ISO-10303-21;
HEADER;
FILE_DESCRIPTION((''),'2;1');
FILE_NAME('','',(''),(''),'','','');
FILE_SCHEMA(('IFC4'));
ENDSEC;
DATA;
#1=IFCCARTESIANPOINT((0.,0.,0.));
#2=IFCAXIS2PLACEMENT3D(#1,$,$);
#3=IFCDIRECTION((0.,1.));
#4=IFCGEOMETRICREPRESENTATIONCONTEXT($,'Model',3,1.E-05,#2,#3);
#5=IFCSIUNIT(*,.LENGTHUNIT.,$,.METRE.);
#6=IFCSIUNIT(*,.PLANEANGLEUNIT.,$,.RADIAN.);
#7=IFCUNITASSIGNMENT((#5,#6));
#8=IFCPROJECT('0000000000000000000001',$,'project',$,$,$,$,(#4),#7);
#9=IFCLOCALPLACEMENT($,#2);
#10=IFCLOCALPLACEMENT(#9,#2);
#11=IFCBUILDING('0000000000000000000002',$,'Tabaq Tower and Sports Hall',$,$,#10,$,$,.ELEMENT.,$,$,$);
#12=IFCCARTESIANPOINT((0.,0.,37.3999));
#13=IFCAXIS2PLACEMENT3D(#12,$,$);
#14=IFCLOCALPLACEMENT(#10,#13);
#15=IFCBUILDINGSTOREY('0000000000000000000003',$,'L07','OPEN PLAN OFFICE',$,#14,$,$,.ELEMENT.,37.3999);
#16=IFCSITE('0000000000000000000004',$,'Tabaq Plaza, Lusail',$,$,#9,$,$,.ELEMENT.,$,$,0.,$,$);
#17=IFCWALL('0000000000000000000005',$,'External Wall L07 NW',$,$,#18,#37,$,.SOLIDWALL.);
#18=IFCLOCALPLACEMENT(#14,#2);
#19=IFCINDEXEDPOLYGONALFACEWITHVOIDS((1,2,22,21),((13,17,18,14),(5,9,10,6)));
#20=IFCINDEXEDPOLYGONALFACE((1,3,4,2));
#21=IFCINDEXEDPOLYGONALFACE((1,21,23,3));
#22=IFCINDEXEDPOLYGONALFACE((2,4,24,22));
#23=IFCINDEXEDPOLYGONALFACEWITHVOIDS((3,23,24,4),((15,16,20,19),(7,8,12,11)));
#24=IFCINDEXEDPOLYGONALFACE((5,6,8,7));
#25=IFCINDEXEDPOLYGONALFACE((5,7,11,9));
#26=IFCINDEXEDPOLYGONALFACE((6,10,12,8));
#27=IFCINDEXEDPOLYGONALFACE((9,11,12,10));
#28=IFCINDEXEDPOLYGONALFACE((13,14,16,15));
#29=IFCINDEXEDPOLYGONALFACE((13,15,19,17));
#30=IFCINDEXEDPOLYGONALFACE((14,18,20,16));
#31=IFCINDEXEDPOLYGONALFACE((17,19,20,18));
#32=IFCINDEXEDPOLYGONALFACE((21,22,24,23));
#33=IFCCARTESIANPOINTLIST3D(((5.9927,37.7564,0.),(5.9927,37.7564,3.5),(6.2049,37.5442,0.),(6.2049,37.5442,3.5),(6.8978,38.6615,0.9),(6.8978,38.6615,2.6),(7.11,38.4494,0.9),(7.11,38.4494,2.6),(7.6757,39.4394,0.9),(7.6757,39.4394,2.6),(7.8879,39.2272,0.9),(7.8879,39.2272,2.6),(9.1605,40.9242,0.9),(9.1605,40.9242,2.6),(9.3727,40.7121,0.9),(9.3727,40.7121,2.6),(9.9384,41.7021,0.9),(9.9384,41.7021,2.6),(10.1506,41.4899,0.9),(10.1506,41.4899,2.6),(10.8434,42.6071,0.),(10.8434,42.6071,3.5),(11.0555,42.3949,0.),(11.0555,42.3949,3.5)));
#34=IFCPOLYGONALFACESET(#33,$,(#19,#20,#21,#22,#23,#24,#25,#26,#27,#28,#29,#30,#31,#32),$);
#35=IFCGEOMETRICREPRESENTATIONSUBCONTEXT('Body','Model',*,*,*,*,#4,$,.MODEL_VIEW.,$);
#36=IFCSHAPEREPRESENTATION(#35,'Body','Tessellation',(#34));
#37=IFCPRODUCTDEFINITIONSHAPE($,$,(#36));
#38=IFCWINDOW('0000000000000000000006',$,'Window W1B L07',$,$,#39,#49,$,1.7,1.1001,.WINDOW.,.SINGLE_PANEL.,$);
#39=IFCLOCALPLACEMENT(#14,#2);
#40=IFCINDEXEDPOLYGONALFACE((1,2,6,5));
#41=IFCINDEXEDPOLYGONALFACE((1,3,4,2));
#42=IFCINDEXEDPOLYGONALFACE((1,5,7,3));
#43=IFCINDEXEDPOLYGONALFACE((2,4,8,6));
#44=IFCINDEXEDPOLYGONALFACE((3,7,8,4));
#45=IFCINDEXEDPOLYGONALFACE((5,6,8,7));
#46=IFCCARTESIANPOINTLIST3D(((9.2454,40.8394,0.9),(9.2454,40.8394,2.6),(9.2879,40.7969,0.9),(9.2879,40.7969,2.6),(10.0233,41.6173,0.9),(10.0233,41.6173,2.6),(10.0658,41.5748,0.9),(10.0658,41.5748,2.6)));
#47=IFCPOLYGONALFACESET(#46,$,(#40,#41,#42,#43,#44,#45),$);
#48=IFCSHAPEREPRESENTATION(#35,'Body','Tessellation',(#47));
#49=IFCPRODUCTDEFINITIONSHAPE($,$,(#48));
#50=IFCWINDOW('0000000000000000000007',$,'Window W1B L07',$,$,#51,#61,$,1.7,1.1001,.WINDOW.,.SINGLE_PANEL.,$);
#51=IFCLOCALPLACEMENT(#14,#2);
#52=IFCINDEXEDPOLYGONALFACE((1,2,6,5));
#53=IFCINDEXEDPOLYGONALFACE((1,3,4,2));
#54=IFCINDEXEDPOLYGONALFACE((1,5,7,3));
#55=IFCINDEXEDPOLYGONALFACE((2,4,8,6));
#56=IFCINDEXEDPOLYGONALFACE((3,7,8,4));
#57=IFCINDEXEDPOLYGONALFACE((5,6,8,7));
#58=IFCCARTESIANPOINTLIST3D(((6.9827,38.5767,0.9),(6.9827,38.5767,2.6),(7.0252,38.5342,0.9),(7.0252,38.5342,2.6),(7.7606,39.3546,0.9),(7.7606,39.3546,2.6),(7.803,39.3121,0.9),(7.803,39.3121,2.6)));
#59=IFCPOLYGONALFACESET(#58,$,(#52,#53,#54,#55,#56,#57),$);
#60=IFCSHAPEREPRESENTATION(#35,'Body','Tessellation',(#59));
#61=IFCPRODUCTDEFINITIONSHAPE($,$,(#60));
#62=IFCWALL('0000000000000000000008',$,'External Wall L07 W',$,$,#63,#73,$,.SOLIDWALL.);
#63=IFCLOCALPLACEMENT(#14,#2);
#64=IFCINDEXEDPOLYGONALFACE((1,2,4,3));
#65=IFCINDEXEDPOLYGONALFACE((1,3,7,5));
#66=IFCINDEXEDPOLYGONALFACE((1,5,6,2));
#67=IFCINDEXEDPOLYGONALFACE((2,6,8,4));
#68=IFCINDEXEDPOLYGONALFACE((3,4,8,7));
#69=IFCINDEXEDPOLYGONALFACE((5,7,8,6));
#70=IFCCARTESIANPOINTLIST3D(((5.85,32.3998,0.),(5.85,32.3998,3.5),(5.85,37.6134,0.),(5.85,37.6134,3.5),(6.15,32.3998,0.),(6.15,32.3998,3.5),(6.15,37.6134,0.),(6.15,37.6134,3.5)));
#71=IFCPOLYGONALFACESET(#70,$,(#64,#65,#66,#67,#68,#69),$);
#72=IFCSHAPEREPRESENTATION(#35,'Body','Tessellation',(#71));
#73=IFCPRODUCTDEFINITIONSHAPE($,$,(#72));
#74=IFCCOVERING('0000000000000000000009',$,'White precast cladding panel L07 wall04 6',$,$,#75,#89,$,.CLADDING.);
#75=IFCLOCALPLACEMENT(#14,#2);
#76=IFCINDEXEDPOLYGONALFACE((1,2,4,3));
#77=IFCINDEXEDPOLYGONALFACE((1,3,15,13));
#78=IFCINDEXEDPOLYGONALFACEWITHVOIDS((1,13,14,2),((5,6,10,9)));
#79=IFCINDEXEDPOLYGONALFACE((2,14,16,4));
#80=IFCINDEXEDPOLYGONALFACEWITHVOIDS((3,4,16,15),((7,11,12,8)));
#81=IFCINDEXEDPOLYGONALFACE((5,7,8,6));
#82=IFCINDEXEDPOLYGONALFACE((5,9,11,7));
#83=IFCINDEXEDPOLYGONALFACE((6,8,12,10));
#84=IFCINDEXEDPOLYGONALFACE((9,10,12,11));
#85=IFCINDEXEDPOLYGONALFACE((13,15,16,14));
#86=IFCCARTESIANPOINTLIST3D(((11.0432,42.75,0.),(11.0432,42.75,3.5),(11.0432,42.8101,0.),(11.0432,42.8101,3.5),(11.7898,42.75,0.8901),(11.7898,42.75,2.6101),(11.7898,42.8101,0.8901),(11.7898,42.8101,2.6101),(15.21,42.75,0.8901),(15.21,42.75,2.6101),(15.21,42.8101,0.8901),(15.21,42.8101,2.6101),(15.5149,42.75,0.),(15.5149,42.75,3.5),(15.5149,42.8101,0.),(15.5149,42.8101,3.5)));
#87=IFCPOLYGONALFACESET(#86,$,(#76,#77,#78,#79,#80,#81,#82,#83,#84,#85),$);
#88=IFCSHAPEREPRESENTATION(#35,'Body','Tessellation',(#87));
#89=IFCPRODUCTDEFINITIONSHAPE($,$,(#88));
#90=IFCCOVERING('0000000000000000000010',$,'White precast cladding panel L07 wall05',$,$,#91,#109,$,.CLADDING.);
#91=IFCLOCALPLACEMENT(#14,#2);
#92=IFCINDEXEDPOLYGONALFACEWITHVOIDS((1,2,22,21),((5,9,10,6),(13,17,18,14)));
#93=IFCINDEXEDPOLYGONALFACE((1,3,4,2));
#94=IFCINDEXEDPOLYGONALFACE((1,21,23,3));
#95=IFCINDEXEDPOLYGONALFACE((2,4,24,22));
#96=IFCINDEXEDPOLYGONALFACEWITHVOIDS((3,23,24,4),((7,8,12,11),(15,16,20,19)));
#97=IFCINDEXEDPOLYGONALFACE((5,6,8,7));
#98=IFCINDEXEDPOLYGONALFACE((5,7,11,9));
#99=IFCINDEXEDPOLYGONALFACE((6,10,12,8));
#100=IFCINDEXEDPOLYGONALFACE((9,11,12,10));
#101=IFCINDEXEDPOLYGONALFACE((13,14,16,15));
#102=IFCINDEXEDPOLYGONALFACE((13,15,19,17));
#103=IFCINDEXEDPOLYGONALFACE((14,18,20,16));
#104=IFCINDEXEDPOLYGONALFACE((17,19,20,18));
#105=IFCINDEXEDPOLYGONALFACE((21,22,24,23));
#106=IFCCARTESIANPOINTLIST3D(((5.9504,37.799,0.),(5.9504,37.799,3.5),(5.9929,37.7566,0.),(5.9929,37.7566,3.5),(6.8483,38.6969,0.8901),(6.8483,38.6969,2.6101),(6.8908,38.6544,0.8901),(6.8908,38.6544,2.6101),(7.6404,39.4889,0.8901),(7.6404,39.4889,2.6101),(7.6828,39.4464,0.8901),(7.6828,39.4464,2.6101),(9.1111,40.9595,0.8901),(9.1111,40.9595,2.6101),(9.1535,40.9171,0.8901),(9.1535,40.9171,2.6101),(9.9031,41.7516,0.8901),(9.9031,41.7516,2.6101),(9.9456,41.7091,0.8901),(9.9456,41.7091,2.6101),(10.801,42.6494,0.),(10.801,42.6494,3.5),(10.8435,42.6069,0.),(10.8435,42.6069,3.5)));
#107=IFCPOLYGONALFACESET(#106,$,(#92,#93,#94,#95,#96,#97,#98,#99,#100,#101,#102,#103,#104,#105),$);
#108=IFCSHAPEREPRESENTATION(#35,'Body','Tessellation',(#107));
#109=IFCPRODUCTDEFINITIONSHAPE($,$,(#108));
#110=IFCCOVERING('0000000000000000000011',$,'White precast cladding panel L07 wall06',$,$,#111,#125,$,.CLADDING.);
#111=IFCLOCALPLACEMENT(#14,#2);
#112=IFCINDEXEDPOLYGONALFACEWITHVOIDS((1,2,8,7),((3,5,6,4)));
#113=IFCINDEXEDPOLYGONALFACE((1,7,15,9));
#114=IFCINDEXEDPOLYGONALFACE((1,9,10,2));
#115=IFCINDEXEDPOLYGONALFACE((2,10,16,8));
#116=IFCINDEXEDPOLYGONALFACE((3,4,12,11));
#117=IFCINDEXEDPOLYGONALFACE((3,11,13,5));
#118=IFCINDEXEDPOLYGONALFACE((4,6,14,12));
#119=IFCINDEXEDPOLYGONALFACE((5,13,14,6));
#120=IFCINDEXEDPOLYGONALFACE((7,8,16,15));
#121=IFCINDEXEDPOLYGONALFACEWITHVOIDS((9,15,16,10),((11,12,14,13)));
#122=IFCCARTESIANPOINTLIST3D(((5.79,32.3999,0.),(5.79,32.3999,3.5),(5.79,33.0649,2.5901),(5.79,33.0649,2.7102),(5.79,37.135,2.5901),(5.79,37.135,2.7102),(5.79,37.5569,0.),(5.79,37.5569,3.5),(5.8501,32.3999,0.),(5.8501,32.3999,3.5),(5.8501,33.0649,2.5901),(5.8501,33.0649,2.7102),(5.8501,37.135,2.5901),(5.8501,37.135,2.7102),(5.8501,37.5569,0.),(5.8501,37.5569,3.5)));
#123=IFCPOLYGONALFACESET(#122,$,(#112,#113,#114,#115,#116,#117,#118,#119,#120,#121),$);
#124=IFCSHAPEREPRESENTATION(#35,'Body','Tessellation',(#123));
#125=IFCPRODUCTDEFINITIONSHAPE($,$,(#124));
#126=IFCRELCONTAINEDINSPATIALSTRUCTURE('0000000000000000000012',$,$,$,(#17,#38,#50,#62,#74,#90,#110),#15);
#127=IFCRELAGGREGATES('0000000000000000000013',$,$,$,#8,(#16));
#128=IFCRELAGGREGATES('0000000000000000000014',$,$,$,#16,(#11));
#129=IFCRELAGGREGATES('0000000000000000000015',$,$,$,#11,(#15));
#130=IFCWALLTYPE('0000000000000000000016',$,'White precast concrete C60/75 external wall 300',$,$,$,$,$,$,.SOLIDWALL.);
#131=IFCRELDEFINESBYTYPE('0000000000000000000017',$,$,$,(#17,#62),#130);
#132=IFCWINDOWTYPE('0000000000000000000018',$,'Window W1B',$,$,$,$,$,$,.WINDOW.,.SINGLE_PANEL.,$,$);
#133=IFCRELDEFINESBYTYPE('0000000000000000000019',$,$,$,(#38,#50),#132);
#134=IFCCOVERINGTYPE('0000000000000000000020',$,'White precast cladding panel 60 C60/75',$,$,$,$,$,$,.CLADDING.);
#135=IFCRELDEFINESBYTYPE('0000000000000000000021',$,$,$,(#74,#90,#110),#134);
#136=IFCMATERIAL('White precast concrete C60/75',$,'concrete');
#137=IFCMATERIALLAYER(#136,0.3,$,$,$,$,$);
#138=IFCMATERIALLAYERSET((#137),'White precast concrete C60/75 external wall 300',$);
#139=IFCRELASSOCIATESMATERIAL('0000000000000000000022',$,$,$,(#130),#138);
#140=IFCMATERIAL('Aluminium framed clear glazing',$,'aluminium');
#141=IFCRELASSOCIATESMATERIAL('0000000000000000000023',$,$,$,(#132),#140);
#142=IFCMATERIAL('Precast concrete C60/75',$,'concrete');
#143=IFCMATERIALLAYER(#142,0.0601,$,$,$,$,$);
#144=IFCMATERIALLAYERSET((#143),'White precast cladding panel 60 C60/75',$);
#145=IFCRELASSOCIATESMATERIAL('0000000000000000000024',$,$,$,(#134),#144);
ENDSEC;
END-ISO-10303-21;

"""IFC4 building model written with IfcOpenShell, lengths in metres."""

from ifc_helpers import new_model, si_unit, direction, frame, frame_2d, origin, place, context, subcontext, project, spatial, polyline, rectangle, outline, extrude, material, layer, layer_set, type_object, element, fill, save


model = new_model("IFC4")

# Units and contexts
model_context = context("Model", 3, precision=1e-05, world=origin(), true_north=direction((0.0, 1.0)))
body_context = subcontext(model_context, "Body", "Model", "MODEL_VIEW")
ifc_project = project(units=[si_unit("LENGTHUNIT", "METRE"), si_unit("PLANEANGLEUNIT", "RADIAN")], contexts=[model_context])

# Site, building, storey
site_placement = place(None, origin())
site = spatial("IfcSite", under=ifc_project, at=site_placement, Name="Tabaq Plaza, Lusail", CompositionType="ELEMENT", RefElevation=0.0)
building_placement = place(site_placement, origin())
building = spatial("IfcBuilding", under=site, at=building_placement, Name="Tabaq Tower and Sports Hall", CompositionType="ELEMENT")
storey_placement = place(building_placement, frame((0.0, 0.0, 37.3999)))
storey = spatial("IfcBuildingStorey", under=building, at=storey_placement, Name="L07", Description="OPEN PLAN OFFICE", CompositionType="ELEMENT", Elevation=37.3999)

# Wall, openings, windows
ifc_material_1 = material(Name="White precast concrete C60/75", Category="concrete")
ifc_layer_1 = layer(ifc_material_1, 0.3)
ifc_layer_set_1 = layer_set([ifc_layer_1], Name="White precast concrete C60/75 external wall 300")
wall_type_1 = type_object("IfcWallType", Name="White precast concrete C60/75 external wall 300", PredefinedType="SOLIDWALL", material=ifc_layer_set_1)
wall_1_placement = place(storey_placement, frame((10.9495, 42.501, 0.0), z_axis=(0.0, 0.0, 1.0), x_axis=(-0.707107, -0.707107, 0.0)))
wall_1 = element("IfcWall", 1, at=wall_1_placement, inside=storey, type_object=wall_type_1, Name="External Wall L07 NW", PredefinedType="SOLIDWALL", context=body_context, shape_type="SweptSolid", body=[
    extrude(rectangle(XDim=6.8599, YDim=0.3, at=frame_2d((3.4299, 0.0))), origin(), (0.0, 0.0, 1.0), 3.5),
])
opening_1_placement = place(wall_1_placement, frame((1.2798, 0.0, 0.8999)))
opening_1 = element("IfcOpeningElement", 2, at=opening_1_placement, cuts=wall_1, PredefinedType="OPENING", context=body_context, shape_type="SweptSolid", body=[
    extrude(rectangle(XDim=1.1001, YDim=1.7, at=frame_2d((0.55, 0.8501))), frame((0.0, 0.1602, 0.0), z_axis=(0.0, -1.0, 0.0), x_axis=(1.0, 0.0, 0.0)), (0.0, 0.0, 1.0), 0.3201),
])
opening_2_placement = place(wall_1_placement, frame((4.4797, 0.0, 0.8999)))
opening_2 = element("IfcOpeningElement", 3, at=opening_2_placement, cuts=wall_1, PredefinedType="OPENING", context=body_context, shape_type="SweptSolid", body=[
    extrude(rectangle(XDim=1.1001, YDim=1.7, at=frame_2d((0.55, 0.8501))), frame((0.0, 0.1602, 0.0), z_axis=(0.0, -1.0, 0.0), x_axis=(1.0, 0.0, 0.0)), (0.0, 0.0, 1.0), 0.3201),
])
ifc_material_2 = material(Name="Aluminium framed clear glazing", Category="aluminium")
window_type = type_object("IfcWindowType", Name="Window W1B", PartitioningType="SINGLE_PANEL", PredefinedType="WINDOW", material=ifc_material_2)
window_1_placement = place(opening_1_placement, origin())
window_1 = element("IfcWindow", 4, at=window_1_placement, inside=storey, type_object=window_type, Name="Window W1B L07", OverallHeight=1.7, OverallWidth=1.1001, PartitioningType="SINGLE_PANEL", PredefinedType="WINDOW", context=body_context, shape_type="SweptSolid", body=[
    extrude(rectangle(XDim=1.1001, YDim=1.7, at=frame_2d((0.55, 0.8501))), frame((0.0, 0.03, 0.0), z_axis=(0.0, -1.0, 0.0), x_axis=(1.0, 0.0, 0.0)), (0.0, 0.0, 1.0), 0.0601),
])
fill(opening_1, window_1)
window_2_placement = place(opening_2_placement, origin())
window_2 = element("IfcWindow", 5, at=window_2_placement, inside=storey, type_object=window_type, Name="Window W1B L07", OverallHeight=1.7, OverallWidth=1.1001, PartitioningType="SINGLE_PANEL", PredefinedType="WINDOW", context=body_context, shape_type="SweptSolid", body=[
    extrude(rectangle(XDim=1.1001, YDim=1.7, at=frame_2d((0.55, 0.8501))), frame((0.0, 0.03, 0.0), z_axis=(0.0, -1.0, 0.0), x_axis=(1.0, 0.0, 0.0)), (0.0, 0.0, 1.0), 0.0601),
])
fill(opening_2, window_2)

# Wall
wall_2_placement = place(storey_placement, frame((6.0, 37.6135, 0.0), z_axis=(0.0, 0.0, 1.0), x_axis=(0.0, -1.0, 0.0)))
element("IfcWall", 6, at=wall_2_placement, inside=storey, type_object=wall_type_1, Name="External Wall L07 W", PredefinedType="SOLIDWALL", context=body_context, shape_type="SweptSolid", body=[
    extrude(rectangle(XDim=5.2136, YDim=0.3, at=frame_2d((2.6069, 0.0))), origin(), (0.0, 0.0, 1.0), 3.5),
])

# Coverings
ifc_material_3 = material(Name="Precast concrete C60/75", Category="concrete")
ifc_layer_2 = layer(ifc_material_3, 0.0601)
ifc_layer_set_2 = layer_set([ifc_layer_2], Name="White precast cladding panel 60 C60/75")
covering_type = type_object("IfcCoveringType", Name="White precast cladding panel 60 C60/75", PredefinedType="CLADDING", material=ifc_layer_set_2)
covering_1_placement = place(storey_placement, frame((15.5149, 42.78, 0.0), z_axis=(0.0, 0.0, 1.0), x_axis=(-1.0, 0.0, 0.0)))
element("IfcCovering", 7, at=covering_1_placement, inside=storey, type_object=covering_type, Name="White precast cladding panel L07 wall04 6", PredefinedType="CLADDING", context=body_context, shape_type="SweptSolid", body=[
    extrude(outline(polyline([(0.0, 0.0), (4.4717, 0.0), (4.4717, 3.5), (0.0, 3.5), (0.0, 0.0)]), holes=[polyline([(0.3049, 0.8901), (0.3049, 2.6101), (3.7251, 2.6101), (3.7251, 0.8901), (0.3049, 0.8901)])]), frame((0.0, 0.03, 0.0), z_axis=(0.0, -1.0, 0.0), x_axis=(1.0, 0.0, 0.0)), (0.0, 0.0, 1.0), 0.0601),
])
covering_2_placement = place(storey_placement, frame((10.8223, 42.6282, 0.0), z_axis=(0.0, 0.0, 1.0), x_axis=(-0.707125, -0.707089, 0.0)))
element("IfcCovering", 8, at=covering_2_placement, inside=storey, type_object=covering_type, Name="White precast cladding panel L07 wall05", PredefinedType="CLADDING", context=body_context, shape_type="SweptSolid", body=[
    extrude(outline(polyline([(0.0, 0.0), (6.8596, 0.0), (6.8596, 3.5), (0.0, 3.5), (0.0, 0.0)]), holes=[polyline([(1.2698, 2.6101), (2.3899, 2.6101), (2.3899, 0.8901), (1.2698, 0.8901), (1.2698, 2.6101)]), polyline([(4.4697, 2.6101), (5.5898, 2.6101), (5.5898, 0.8901), (4.4697, 0.8901), (4.4697, 2.6101)])]), frame((0.0, 0.03, 0.0), z_axis=(0.0, -1.0, 0.0), x_axis=(1.0, 0.0, 0.0)), (0.0, 0.0, 1.0), 0.0601),
])
covering_3_placement = place(storey_placement, frame((5.8201, 37.5569, 0.0), z_axis=(0.0, 0.0, 1.0), x_axis=(0.0, -1.0, 0.0)))
element("IfcCovering", 9, at=covering_3_placement, inside=storey, type_object=covering_type, Name="White precast cladding panel L07 wall06", PredefinedType="CLADDING", context=body_context, shape_type="SweptSolid", body=[
    extrude(outline(polyline([(0.0, 0.0), (5.157, 0.0), (5.157, 3.5), (0.0, 3.5), (0.0, 0.0)]), holes=[polyline([(0.4219, 2.5901), (0.4219, 2.7102), (4.4919, 2.7102), (4.4919, 2.5901), (0.4219, 2.5901)])]), frame((0.0, 0.03, 0.0), z_axis=(0.0, -1.0, 0.0), x_axis=(1.0, 0.0, 0.0)), (0.0, 0.0, 1.0), 0.0601),
])

save(model, "model.ifc")
